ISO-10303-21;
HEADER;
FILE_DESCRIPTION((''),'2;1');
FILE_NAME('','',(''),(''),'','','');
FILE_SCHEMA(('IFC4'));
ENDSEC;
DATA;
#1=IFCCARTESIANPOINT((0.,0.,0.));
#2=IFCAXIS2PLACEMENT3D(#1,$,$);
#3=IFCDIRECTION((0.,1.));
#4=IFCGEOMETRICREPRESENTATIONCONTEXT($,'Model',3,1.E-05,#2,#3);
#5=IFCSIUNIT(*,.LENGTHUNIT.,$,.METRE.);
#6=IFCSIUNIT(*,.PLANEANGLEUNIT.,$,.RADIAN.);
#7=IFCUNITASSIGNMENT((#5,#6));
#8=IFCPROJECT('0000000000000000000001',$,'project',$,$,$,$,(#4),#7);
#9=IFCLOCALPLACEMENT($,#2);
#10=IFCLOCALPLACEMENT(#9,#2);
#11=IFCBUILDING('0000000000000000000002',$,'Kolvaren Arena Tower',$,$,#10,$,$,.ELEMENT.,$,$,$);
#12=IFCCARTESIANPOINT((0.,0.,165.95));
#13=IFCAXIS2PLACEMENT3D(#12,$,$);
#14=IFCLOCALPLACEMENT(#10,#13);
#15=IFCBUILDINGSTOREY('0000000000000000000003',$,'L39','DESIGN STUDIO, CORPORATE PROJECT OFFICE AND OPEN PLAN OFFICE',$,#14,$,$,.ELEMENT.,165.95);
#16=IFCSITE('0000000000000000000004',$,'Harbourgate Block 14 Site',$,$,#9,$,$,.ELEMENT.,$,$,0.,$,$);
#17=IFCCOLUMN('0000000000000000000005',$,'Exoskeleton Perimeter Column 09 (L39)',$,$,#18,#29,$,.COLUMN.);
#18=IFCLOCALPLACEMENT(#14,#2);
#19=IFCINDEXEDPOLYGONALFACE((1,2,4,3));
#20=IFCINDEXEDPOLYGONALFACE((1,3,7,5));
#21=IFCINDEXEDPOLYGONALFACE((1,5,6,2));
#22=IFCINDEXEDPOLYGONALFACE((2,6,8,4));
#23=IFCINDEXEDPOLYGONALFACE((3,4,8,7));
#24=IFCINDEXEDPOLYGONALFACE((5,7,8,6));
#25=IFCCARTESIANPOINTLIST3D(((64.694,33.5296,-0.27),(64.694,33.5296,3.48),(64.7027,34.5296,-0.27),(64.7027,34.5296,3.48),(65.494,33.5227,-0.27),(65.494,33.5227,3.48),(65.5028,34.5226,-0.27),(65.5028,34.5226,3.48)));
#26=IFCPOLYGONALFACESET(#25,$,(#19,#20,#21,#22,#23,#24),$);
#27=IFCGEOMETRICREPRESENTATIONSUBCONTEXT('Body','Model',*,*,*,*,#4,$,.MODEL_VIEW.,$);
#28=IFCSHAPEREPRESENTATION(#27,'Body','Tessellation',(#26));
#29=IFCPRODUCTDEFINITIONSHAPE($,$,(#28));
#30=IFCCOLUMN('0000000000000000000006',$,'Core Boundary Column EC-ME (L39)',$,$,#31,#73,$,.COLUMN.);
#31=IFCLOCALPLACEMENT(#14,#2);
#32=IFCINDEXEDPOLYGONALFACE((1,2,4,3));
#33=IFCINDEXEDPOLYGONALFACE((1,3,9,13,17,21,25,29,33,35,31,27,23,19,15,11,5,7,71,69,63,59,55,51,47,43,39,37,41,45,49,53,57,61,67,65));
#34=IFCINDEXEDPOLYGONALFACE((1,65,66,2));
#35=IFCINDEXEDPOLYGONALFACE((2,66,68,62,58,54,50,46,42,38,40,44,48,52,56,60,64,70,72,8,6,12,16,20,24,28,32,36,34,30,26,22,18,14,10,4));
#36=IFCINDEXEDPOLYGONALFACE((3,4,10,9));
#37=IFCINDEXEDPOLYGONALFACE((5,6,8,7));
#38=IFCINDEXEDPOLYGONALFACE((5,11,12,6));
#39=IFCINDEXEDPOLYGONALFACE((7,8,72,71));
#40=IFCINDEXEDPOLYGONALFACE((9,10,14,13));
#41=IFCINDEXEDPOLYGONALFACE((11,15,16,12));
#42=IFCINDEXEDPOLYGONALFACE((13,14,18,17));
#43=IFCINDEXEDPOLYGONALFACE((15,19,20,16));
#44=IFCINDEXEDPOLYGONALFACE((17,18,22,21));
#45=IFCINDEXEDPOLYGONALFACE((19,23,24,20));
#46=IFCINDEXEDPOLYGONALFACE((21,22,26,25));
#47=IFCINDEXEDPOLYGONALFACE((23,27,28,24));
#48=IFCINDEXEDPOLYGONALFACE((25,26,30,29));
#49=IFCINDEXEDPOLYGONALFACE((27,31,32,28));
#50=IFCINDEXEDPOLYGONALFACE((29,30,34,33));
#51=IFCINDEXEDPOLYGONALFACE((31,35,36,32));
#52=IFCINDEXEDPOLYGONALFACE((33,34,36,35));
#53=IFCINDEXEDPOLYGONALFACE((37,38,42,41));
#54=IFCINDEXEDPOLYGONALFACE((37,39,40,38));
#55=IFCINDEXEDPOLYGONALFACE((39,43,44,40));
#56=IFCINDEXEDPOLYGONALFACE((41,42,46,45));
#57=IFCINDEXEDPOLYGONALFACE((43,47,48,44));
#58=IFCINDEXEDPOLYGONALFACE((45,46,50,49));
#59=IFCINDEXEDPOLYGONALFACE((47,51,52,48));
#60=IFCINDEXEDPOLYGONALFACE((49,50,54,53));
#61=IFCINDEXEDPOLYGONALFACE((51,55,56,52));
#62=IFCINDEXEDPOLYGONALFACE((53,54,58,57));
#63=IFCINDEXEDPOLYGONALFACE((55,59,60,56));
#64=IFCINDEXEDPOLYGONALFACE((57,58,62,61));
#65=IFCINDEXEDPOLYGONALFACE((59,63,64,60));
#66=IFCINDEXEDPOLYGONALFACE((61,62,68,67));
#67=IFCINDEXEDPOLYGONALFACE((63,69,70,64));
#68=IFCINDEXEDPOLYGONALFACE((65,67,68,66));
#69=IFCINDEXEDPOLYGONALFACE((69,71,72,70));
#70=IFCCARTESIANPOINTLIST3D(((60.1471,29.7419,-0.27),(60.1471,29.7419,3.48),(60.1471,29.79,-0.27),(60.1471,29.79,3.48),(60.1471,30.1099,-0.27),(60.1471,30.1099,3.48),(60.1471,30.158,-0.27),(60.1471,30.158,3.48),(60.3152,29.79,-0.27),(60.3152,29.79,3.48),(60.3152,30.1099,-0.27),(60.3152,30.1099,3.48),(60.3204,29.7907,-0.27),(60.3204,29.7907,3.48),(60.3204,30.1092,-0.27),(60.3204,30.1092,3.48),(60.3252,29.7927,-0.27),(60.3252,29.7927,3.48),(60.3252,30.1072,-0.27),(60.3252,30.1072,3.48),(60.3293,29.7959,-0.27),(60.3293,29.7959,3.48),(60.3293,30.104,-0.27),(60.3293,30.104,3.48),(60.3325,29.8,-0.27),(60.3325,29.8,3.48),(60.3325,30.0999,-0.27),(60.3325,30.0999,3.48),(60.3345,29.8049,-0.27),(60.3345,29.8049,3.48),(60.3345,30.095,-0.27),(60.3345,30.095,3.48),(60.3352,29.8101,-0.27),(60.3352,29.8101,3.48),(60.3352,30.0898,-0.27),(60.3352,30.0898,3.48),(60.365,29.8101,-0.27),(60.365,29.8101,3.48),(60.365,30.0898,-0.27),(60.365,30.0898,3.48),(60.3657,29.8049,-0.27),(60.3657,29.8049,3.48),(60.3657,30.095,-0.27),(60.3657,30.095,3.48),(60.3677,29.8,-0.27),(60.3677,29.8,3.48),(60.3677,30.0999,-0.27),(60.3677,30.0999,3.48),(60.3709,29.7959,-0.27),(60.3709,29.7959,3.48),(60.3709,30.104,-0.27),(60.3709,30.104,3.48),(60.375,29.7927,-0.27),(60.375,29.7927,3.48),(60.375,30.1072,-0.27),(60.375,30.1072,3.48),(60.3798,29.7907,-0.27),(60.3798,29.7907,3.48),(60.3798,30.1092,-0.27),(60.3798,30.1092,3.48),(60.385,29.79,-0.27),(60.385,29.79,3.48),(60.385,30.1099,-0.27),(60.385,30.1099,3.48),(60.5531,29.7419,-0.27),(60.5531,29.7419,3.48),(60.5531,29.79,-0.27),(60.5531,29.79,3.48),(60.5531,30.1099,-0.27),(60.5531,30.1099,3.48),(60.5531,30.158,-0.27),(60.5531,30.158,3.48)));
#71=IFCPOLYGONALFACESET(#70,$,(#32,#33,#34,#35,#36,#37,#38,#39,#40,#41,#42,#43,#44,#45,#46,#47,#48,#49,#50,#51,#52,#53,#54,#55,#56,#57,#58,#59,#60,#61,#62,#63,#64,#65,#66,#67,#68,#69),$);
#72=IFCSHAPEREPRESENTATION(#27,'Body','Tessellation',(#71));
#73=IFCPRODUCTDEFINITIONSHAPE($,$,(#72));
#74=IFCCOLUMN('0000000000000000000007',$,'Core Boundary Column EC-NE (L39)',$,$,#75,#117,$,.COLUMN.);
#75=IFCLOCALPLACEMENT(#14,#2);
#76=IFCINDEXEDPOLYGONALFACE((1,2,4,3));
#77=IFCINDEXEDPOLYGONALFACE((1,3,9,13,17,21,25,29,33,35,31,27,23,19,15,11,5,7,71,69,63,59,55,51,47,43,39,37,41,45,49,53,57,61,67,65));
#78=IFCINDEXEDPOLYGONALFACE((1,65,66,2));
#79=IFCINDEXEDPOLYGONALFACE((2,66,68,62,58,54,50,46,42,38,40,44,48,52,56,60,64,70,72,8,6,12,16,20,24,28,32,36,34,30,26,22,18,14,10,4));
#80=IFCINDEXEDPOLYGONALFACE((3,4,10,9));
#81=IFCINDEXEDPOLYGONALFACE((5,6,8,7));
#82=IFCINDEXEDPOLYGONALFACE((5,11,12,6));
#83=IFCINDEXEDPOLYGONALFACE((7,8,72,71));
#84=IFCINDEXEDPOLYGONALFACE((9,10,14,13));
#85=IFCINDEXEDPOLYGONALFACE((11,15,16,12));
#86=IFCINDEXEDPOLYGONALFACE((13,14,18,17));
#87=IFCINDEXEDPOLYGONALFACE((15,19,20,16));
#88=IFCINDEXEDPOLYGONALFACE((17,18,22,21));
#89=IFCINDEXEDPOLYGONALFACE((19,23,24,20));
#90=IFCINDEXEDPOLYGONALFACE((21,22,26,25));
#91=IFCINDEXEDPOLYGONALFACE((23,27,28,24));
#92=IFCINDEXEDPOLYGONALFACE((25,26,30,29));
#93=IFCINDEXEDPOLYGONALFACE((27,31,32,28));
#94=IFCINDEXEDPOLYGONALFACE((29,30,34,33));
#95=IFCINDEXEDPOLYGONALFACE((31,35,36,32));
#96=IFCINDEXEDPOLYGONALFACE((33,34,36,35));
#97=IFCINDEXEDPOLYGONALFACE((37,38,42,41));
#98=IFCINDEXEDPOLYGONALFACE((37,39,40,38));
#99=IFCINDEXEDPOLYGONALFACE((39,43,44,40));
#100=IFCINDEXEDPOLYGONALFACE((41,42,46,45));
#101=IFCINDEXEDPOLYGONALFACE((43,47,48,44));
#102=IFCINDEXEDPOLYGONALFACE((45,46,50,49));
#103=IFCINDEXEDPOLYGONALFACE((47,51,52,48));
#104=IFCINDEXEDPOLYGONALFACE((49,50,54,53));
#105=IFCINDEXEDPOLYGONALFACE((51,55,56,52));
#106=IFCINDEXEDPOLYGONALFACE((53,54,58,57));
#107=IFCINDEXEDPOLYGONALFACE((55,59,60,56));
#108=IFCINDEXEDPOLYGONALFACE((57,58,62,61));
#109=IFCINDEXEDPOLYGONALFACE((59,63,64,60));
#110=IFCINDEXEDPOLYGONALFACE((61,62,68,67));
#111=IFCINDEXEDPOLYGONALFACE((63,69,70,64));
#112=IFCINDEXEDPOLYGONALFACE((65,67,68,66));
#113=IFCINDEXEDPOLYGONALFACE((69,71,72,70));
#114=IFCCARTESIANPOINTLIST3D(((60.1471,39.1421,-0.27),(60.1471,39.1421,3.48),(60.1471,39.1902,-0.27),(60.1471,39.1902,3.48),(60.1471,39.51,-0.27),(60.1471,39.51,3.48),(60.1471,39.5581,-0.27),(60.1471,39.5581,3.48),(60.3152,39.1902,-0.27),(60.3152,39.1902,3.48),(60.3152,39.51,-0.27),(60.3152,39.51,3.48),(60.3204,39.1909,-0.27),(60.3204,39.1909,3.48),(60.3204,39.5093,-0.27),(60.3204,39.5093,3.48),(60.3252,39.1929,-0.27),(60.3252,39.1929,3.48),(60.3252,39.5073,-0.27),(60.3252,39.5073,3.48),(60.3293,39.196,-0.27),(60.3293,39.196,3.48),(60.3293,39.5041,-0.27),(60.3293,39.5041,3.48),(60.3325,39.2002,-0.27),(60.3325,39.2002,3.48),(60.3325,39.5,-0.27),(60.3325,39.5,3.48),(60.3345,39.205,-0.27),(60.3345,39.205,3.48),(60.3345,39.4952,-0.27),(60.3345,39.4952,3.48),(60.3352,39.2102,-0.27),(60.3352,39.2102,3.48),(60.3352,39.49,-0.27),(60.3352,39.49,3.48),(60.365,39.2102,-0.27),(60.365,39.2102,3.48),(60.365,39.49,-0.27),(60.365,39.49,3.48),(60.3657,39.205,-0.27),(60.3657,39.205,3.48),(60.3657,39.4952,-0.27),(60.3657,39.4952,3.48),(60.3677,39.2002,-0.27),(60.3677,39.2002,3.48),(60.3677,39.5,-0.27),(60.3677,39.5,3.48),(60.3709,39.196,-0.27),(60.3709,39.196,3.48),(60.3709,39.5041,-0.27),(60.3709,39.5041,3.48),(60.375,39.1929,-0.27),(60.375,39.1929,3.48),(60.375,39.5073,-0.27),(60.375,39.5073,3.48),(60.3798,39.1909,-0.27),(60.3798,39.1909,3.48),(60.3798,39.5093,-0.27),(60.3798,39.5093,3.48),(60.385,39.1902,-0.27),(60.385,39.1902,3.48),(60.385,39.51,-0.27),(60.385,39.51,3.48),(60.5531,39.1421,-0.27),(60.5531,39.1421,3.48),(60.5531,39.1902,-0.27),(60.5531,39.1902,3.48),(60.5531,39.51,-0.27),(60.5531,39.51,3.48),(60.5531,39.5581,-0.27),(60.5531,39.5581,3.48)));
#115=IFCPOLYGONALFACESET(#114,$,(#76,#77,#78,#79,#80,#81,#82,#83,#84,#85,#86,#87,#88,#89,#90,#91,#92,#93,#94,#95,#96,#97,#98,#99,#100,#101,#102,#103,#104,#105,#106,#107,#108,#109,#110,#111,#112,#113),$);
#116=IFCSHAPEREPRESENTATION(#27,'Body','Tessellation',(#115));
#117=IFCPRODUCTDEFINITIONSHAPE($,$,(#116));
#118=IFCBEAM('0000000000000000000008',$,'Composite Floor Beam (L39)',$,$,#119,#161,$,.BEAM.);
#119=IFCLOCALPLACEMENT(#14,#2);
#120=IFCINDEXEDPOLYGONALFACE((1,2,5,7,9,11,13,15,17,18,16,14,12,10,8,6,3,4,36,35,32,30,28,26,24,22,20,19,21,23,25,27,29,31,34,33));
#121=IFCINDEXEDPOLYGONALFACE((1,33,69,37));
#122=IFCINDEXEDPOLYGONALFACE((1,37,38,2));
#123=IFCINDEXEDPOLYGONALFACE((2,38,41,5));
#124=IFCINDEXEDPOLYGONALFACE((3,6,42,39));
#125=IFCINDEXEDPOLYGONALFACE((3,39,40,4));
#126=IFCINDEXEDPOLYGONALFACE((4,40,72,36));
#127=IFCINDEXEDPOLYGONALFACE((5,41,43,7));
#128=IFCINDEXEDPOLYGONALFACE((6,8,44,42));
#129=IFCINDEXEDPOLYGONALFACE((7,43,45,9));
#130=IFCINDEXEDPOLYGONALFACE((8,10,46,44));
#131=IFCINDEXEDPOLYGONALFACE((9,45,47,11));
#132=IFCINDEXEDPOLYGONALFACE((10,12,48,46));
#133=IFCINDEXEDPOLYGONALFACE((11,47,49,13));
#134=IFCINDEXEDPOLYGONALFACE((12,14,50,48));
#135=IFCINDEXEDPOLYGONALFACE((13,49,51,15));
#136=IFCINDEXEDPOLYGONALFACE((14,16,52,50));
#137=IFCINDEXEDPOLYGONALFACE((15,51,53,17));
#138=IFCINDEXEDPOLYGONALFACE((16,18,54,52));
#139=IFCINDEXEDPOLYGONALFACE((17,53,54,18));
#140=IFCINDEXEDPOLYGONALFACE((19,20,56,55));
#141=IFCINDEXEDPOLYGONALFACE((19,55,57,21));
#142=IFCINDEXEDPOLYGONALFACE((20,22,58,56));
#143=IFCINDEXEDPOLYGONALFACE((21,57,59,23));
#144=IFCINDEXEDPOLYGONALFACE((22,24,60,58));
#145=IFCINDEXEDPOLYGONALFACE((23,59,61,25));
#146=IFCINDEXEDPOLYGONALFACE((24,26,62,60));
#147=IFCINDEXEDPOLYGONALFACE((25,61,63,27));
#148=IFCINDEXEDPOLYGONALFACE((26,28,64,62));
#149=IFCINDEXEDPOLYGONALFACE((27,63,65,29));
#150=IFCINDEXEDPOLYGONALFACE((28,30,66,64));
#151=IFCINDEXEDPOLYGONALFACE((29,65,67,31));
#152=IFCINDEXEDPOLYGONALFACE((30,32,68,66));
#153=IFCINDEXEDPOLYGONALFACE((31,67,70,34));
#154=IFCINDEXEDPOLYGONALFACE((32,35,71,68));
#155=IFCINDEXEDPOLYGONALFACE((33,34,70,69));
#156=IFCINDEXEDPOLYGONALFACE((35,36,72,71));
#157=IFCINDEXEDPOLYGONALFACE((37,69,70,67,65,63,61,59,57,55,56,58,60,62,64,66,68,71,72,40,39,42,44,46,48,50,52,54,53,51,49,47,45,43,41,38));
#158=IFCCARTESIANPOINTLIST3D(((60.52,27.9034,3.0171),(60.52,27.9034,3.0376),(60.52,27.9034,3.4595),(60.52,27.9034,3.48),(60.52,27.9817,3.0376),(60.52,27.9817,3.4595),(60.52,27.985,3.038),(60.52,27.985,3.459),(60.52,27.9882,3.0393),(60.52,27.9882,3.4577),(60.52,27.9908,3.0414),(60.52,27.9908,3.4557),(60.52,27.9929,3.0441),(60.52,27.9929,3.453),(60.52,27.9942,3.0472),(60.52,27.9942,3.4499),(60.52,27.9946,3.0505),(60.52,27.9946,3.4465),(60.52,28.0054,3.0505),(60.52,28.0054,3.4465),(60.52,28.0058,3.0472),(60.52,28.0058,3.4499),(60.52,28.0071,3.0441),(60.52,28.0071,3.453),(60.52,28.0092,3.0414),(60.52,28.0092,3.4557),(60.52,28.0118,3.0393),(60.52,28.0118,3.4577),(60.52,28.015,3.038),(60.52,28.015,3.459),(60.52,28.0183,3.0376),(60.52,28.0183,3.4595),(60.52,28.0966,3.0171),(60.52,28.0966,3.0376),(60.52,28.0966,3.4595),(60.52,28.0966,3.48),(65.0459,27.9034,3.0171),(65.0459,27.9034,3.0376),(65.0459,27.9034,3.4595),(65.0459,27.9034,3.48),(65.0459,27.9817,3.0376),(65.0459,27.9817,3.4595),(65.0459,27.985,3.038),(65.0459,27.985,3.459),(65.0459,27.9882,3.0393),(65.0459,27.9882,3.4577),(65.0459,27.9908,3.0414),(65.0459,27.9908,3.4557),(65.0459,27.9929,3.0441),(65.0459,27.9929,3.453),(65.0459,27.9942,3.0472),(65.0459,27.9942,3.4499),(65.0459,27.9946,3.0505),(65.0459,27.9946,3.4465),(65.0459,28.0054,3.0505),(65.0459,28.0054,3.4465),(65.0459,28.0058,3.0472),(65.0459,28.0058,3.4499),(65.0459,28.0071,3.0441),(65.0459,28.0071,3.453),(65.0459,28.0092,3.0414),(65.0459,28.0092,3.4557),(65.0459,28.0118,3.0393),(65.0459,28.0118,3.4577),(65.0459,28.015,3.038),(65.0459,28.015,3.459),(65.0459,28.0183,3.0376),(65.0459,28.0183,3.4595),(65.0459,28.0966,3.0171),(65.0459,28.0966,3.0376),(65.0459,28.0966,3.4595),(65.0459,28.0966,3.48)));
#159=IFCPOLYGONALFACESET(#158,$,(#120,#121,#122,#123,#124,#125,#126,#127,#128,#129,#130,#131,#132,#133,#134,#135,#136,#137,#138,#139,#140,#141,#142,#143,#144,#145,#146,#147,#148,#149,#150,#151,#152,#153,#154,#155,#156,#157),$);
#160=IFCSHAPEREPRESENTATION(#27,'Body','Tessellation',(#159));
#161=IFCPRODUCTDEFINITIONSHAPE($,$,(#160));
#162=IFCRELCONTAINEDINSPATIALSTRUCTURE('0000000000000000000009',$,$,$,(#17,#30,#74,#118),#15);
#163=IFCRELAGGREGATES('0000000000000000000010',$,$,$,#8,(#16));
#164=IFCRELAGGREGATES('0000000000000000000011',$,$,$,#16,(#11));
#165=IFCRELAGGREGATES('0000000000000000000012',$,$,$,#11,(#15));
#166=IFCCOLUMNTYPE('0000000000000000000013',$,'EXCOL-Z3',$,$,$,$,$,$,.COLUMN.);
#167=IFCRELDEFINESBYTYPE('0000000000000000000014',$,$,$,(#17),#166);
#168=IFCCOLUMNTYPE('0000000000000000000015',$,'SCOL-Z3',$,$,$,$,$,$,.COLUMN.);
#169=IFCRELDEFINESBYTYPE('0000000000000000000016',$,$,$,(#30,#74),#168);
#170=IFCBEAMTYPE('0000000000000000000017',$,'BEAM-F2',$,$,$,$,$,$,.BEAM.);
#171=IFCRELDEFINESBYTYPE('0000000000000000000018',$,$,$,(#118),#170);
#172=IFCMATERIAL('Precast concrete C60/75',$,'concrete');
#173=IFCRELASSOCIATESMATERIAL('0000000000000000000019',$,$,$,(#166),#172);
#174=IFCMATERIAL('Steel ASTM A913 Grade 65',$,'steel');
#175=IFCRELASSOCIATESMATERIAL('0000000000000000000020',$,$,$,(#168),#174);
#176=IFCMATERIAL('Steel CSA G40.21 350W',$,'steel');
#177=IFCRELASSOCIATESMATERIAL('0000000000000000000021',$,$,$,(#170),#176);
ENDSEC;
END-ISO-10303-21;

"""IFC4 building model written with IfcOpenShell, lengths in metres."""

from ifc_helpers import new_model, si_unit, direction, frame, origin, origin_2d, place, context, subcontext, project, spatial, rectangle, i_section, extrude, material, material_profile, profile_set, type_object, element, save


model = new_model("IFC4")

# Units and contexts
model_context = context("Model", 3, precision=1e-05, world=origin(), true_north=direction((0.0, 1.0)))
body_context = subcontext(model_context, "Body", "Model", "MODEL_VIEW")
ifc_project = project(units=[si_unit("LENGTHUNIT", "METRE"), si_unit("PLANEANGLEUNIT", "RADIAN")], contexts=[model_context])

# Site, building, storey
site_placement = place(None, origin())
site = spatial("IfcSite", under=ifc_project, at=site_placement, Name="Harbourgate Block 14 Site", CompositionType="ELEMENT", RefElevation=0.0)
building_placement = place(site_placement, origin())
building = spatial("IfcBuilding", under=site, at=building_placement, Name="Kolvaren Arena Tower", CompositionType="ELEMENT")
storey_placement = place(building_placement, frame((0.0, 0.0, 165.95)))
storey = spatial("IfcBuildingStorey", under=building, at=storey_placement, Name="L39", Description="DESIGN STUDIO, CORPORATE PROJECT OFFICE AND OPEN PLAN OFFICE", CompositionType="ELEMENT", Elevation=165.95)

# Columns
ifc_material_1 = material(Name="Precast concrete C60/75", Category="concrete")
ifc_material_profile_1 = material_profile(ifc_material_1, rectangle(XDim=1.0, YDim=0.8, at=origin_2d()), Name="RC-1000x800")
ifc_profile_set_1 = profile_set([ifc_material_profile_1], Name="Precast concrete C60/75")
column_type_1 = type_object("IfcColumnType", Name="EXCOL-Z3", PredefinedType="COLUMN", material=ifc_profile_set_1)
column_placement = place(storey_placement, frame((65.0984, 34.0261, -0.27), z_axis=(0.0, 0.0, 1.0), x_axis=(0.008727, 0.999962, 0.0)))
element("IfcColumn", 1, at=column_placement, inside=storey, type_object=column_type_1, Name="Exoskeleton Perimeter Column 09 (L39)", PredefinedType="COLUMN", context=body_context, shape_type="SweptSolid", body=[
    extrude(rectangle(XDim=1.0, YDim=0.8, at=origin_2d()), origin(), (0.0, 0.0, 1.0), 3.75),
])
ifc_material_2 = material(Name="Steel ASTM A913 Grade 65", Category="steel")
ifc_material_profile_2 = material_profile(ifc_material_2, i_section(OverallWidth=0.406, OverallDepth=0.416, WebThickness=0.0298, FlangeThickness=0.0481, FilletRadius=0.02, at=origin_2d()), Name="W360x382")
ifc_profile_set_2 = profile_set([ifc_material_profile_2], Name="Steel ASTM A913 Grade 65")
column_type_2 = type_object("IfcColumnType", Name="SCOL-Z3", PredefinedType="COLUMN", material=ifc_profile_set_2)
for number, where, z_axis, x_axis, name in (
    (2, (60.3501, 29.95, -0.27), (0.0, 0.0, 1.0), (1.0, 0.0, 0.0), "Core Boundary Column EC-ME (L39)"),
    (3, (60.3501, 39.3501, -0.27), (0.0, 0.0, 1.0), (1.0, 0.0, 0.0), "Core Boundary Column EC-NE (L39)"),
):
    element("IfcColumn", number, at=place(storey_placement, frame(where, z_axis=z_axis, x_axis=x_axis)), inside=storey, type_object=column_type_2, Name=name, PredefinedType="COLUMN", context=body_context, shape_type="SweptSolid", body=[
        extrude(i_section(OverallWidth=0.406, OverallDepth=0.416, WebThickness=0.0298, FlangeThickness=0.0481, FilletRadius=0.02, at=origin_2d()), origin(), (0.0, 0.0, 1.0), 3.75),
    ])

# Beam
ifc_material_3 = material(Name="Steel CSA G40.21 350W", Category="steel")
ifc_material_profile_3 = material_profile(ifc_material_3, i_section(OverallWidth=0.1931, OverallDepth=0.4629, WebThickness=0.0107, FlangeThickness=0.0205, FilletRadius=0.0129, at=origin_2d()), Name="W460x113")
ifc_profile_set_3 = profile_set([ifc_material_profile_3], Name="Steel CSA G40.21 350W")
beam_type_1 = type_object("IfcBeamType", Name="BEAM-F2", PredefinedType="BEAM", material=ifc_profile_set_3)
beam_1_placement = place(storey_placement, frame((60.52, 28.0, 3.2485), z_axis=(1.0, 0.0, 0.0), x_axis=(0.0, 1.0, 0.0)))
element("IfcBeam", 4, at=beam_1_placement, inside=storey, type_object=beam_type_1, Name="Composite Floor Beam (L39)", PredefinedType="BEAM", context=body_context, shape_type="SweptSolid", body=[
    extrude(i_section(OverallWidth=0.1931, OverallDepth=0.4629, WebThickness=0.0107, FlangeThickness=0.0205, FilletRadius=0.0129, at=origin_2d()), origin(), (0.0, 0.0, 1.0), 4.5259),
])

save(model, "model.ifc")
